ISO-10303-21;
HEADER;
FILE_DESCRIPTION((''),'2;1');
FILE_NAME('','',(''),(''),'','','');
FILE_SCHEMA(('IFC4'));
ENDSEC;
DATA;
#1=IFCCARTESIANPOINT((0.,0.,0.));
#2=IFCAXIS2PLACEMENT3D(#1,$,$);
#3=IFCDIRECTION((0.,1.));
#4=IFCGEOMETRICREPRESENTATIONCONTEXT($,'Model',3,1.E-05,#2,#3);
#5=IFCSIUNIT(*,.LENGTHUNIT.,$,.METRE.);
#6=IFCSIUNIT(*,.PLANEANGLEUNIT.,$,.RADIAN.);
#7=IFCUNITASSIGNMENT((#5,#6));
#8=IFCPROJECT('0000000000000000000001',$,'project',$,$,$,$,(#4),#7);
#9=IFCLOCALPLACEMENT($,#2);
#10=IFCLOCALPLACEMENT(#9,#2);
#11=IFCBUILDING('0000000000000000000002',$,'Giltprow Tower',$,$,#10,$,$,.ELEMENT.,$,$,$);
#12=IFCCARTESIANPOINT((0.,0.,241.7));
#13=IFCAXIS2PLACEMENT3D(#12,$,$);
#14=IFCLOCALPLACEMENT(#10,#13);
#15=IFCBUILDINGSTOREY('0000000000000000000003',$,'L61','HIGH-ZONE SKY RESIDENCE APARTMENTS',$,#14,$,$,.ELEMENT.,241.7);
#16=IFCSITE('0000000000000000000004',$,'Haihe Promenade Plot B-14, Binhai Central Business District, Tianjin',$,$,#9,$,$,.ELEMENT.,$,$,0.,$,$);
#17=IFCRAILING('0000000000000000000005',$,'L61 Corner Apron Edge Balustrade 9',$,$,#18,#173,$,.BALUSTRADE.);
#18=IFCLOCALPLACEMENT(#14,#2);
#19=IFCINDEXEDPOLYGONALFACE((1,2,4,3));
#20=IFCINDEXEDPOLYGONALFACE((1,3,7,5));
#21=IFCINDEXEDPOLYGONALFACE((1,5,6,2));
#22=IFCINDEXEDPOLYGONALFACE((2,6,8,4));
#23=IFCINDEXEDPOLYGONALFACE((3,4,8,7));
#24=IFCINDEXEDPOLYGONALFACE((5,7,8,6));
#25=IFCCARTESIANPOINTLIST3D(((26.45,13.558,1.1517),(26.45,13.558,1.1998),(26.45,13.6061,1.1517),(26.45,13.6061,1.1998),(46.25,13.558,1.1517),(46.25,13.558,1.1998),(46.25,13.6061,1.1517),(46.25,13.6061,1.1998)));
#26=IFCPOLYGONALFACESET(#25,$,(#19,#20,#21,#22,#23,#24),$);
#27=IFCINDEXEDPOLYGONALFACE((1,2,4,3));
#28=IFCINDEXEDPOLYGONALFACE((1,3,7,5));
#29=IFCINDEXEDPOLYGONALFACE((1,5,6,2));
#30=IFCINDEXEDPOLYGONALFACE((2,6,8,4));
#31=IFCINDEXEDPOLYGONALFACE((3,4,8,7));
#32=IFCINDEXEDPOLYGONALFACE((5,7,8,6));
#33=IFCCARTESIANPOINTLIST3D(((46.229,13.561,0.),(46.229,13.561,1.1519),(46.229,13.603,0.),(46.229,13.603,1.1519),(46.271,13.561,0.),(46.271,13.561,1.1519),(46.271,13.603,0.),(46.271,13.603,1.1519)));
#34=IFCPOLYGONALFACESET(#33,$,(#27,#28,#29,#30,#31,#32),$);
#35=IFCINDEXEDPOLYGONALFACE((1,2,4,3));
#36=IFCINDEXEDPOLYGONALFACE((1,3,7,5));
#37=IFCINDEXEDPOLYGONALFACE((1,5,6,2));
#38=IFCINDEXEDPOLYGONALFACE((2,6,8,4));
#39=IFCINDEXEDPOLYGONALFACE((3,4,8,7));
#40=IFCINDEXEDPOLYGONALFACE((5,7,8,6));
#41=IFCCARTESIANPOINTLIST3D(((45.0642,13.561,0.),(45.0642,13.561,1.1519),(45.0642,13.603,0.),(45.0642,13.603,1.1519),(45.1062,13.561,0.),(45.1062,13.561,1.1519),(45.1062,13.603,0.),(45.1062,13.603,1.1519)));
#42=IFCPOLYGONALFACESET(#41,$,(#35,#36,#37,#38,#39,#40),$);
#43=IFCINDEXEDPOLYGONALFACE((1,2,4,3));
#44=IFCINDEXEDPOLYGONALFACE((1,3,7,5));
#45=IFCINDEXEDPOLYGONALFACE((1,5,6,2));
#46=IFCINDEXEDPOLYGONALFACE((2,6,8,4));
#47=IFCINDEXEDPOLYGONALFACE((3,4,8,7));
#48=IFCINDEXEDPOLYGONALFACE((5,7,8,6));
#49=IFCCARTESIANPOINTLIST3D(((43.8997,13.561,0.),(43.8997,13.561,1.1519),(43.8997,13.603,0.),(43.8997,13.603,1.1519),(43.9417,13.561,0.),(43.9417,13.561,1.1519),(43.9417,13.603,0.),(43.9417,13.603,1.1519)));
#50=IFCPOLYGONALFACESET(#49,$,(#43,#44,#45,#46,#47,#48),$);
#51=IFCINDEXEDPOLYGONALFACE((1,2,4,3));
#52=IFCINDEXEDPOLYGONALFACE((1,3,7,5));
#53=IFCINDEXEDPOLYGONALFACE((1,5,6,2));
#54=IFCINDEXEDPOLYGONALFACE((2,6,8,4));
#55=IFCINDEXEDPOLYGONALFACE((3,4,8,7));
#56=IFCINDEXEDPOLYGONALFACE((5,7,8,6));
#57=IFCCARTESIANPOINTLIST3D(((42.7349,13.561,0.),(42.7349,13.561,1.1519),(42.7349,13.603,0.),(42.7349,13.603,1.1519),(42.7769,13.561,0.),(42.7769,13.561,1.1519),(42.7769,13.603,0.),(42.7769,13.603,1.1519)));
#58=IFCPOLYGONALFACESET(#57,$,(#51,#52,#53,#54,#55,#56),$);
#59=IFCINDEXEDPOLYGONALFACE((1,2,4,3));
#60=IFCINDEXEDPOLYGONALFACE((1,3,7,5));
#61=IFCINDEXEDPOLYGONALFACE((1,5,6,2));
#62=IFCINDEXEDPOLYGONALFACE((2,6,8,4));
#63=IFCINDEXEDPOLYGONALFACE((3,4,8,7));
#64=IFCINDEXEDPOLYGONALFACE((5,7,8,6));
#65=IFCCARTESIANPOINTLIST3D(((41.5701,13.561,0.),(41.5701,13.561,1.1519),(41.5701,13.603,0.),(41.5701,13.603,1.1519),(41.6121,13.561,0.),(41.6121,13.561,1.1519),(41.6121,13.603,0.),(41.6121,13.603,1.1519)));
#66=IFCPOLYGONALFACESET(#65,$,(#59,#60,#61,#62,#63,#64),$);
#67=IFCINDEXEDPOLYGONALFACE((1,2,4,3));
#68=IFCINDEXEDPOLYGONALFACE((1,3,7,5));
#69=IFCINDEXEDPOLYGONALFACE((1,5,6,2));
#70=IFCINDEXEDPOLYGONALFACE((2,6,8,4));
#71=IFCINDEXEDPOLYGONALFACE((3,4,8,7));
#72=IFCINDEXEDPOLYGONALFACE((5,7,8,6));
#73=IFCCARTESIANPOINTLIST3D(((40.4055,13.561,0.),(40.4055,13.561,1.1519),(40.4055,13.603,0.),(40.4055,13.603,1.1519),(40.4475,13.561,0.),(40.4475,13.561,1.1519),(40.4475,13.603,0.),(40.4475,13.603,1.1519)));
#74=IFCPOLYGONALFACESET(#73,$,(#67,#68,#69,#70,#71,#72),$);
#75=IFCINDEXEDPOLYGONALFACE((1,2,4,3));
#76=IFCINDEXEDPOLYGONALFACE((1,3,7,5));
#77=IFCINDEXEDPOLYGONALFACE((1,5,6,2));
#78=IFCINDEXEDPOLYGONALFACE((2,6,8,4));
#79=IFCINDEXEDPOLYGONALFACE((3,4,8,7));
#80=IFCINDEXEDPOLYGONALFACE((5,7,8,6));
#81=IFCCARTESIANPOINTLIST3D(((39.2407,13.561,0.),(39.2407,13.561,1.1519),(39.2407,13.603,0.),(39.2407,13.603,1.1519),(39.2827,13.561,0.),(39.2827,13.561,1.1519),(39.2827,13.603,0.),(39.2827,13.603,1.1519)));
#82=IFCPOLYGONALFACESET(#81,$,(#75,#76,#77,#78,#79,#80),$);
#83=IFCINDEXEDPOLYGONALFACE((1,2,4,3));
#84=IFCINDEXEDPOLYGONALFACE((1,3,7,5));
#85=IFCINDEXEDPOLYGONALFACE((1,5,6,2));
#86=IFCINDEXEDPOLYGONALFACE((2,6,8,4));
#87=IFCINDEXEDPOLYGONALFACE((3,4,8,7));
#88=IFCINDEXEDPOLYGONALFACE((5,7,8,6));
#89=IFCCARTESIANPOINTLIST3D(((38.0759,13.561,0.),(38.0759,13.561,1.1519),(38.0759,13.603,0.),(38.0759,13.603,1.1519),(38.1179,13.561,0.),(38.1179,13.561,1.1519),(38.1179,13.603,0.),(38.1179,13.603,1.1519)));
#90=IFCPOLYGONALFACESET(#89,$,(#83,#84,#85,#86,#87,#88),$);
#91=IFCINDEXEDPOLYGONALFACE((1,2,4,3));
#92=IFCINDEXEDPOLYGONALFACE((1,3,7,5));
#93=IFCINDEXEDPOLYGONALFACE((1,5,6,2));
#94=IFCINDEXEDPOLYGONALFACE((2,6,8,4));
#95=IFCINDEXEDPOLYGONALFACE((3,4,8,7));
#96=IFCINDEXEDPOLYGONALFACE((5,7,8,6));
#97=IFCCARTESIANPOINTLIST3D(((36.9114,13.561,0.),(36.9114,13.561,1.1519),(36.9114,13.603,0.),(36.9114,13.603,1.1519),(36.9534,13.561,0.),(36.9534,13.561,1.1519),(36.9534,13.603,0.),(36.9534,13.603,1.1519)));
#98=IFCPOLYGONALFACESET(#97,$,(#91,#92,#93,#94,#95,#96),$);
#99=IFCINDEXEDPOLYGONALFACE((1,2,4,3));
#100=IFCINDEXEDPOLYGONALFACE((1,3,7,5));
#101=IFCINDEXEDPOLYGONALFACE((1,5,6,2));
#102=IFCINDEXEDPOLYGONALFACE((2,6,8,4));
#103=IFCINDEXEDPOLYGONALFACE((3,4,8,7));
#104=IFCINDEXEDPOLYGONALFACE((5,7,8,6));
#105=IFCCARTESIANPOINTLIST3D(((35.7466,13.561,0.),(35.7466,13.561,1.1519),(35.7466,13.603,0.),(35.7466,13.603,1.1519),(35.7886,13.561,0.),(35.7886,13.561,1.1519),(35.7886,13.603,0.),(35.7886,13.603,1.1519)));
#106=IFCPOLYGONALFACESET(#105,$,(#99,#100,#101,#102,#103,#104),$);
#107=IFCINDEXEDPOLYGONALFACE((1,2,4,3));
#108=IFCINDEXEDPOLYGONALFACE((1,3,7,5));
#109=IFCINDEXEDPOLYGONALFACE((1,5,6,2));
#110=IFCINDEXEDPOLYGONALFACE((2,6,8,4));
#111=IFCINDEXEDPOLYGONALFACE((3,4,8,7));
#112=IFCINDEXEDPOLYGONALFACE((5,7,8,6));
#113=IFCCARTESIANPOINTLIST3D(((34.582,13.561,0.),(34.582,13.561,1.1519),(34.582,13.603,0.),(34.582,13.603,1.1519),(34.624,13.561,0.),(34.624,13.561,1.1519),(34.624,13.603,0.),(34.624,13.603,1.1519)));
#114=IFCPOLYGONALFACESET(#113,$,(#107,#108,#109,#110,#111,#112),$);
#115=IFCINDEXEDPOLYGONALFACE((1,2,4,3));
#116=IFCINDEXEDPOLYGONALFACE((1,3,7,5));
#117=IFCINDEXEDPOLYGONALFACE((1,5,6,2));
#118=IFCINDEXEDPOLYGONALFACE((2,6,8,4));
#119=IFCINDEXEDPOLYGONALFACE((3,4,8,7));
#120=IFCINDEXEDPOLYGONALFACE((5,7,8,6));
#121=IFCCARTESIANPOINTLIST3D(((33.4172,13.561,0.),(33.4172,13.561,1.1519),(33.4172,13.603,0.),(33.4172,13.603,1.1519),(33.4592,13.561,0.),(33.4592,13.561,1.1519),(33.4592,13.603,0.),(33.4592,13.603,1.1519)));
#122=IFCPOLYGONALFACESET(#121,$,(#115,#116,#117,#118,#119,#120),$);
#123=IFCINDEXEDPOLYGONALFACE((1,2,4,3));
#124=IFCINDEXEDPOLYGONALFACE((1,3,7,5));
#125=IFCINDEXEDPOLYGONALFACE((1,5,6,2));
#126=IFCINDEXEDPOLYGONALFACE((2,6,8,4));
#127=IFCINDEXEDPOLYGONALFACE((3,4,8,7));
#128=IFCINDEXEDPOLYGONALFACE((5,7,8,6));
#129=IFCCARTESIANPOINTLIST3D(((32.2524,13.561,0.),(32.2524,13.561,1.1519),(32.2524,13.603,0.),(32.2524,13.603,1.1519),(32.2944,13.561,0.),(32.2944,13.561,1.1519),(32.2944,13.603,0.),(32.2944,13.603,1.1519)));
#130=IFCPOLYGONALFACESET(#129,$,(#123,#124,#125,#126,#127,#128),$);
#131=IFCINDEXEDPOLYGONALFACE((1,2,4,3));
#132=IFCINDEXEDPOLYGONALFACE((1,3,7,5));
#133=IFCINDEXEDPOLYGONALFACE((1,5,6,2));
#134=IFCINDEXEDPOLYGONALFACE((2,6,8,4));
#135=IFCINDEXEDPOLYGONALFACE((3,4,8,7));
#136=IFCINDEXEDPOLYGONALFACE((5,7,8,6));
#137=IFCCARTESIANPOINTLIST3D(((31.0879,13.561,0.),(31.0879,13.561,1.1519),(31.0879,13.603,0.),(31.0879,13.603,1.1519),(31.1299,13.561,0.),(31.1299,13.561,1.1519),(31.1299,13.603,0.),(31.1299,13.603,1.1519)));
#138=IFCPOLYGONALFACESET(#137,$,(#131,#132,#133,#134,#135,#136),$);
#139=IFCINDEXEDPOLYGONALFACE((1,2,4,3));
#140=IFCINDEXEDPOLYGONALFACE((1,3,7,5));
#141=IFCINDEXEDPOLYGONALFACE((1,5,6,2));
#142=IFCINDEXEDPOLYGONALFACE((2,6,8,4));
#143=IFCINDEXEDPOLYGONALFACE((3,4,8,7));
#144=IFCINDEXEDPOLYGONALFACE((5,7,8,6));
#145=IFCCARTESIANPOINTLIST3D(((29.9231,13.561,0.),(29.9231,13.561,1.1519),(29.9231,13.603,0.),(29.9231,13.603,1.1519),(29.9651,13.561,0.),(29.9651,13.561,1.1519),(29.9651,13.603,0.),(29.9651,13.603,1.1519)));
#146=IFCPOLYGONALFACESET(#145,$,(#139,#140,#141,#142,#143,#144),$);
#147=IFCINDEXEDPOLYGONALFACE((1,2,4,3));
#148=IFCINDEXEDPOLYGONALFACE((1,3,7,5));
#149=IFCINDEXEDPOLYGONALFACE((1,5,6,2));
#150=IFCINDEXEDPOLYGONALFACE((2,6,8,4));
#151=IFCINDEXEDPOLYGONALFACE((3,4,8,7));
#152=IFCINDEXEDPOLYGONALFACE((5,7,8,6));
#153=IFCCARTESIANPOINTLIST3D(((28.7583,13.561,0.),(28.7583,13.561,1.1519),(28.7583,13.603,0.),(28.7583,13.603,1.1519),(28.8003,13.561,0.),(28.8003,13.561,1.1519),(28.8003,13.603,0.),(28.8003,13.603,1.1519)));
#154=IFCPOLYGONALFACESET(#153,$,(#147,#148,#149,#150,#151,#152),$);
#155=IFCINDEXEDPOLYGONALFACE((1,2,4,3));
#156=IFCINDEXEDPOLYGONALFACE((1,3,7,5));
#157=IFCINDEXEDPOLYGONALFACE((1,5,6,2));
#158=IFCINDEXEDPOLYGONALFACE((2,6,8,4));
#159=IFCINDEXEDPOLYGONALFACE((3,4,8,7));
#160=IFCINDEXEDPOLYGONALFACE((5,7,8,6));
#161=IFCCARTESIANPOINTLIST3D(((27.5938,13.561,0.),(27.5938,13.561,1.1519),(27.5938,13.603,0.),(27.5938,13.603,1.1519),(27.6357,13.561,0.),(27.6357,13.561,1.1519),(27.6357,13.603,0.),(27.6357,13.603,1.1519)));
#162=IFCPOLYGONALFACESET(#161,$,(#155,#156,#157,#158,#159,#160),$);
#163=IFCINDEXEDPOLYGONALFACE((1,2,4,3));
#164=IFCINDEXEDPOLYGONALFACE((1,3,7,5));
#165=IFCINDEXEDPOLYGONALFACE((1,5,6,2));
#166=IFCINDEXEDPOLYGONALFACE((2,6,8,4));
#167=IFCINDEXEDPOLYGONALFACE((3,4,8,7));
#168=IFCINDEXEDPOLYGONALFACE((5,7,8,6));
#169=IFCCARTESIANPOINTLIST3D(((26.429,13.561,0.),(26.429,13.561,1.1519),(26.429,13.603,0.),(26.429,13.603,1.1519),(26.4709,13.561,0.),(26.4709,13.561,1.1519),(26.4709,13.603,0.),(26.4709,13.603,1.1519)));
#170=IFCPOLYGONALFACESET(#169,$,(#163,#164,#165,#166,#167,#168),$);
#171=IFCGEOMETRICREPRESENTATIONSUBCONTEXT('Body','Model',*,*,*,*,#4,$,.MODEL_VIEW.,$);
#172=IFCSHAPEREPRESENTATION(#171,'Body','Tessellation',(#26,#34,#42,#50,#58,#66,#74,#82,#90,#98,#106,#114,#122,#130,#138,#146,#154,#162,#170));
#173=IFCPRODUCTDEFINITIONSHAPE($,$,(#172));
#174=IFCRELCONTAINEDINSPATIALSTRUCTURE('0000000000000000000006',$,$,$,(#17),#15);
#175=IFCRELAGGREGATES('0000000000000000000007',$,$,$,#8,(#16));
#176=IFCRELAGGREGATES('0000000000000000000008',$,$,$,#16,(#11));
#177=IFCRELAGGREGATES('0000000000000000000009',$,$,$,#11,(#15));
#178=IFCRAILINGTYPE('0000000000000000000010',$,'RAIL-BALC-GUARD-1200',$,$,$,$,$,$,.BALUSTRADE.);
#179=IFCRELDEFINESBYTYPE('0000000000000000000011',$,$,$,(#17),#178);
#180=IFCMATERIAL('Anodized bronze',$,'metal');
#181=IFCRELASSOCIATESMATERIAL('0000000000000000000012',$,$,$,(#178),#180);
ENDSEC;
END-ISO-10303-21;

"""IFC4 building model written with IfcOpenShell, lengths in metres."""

from ifc_helpers import new_model, si_unit, direction, frame, origin, origin_2d, place, context, subcontext, project, spatial, rectangle, extrude, material, type_object, element, save


model = new_model("IFC4")

# Units and contexts
model_context = context("Model", 3, precision=1e-05, world=origin(), true_north=direction((0.0, 1.0)))
body_context = subcontext(model_context, "Body", "Model", "MODEL_VIEW")
ifc_project = project(units=[si_unit("LENGTHUNIT", "METRE"), si_unit("PLANEANGLEUNIT", "RADIAN")], contexts=[model_context])

# Site, building, storey
site_placement = place(None, origin())
site = spatial("IfcSite", under=ifc_project, at=site_placement, Name="Haihe Promenade Plot B-14, Binhai Central Business District, Tianjin", CompositionType="ELEMENT", RefElevation=0.0)
building_placement = place(site_placement, origin())
building = spatial("IfcBuilding", under=site, at=building_placement, Name="Giltprow Tower", CompositionType="ELEMENT")
storey_placement = place(building_placement, frame((0.0, 0.0, 241.7)))
storey = spatial("IfcBuildingStorey", under=building, at=storey_placement, Name="L61", Description="HIGH-ZONE SKY RESIDENCE APARTMENTS", CompositionType="ELEMENT", Elevation=241.7)

# Railing
ifc_material_1 = material(Name="Anodized bronze", Category="metal")
railing_type = type_object("IfcRailingType", Name="RAIL-BALC-GUARD-1200", PredefinedType="BALUSTRADE", material=ifc_material_1)
railing_1_placement = place(storey_placement, frame((46.25, 13.582, 0.0)))
element("IfcRailing", 1, at=railing_1_placement, inside=storey, type_object=railing_type, Name="L61 Corner Apron Edge Balustrade 9", PredefinedType="BALUSTRADE", context=body_context, shape_type="SweptSolid", body=[
    extrude(rectangle(XDim=0.0481, YDim=0.0481, at=origin_2d()), frame((0.0, 0.0, 1.1758), z_axis=(-1.0, 0.0, 0.0), x_axis=(0.0, -1.0, 0.0)), (0.0, 0.0, 1.0), 19.8),
    extrude(rectangle(XDim=0.042, YDim=0.042, at=origin_2d()), origin(), (0.0, 0.0, 1.0), 1.1519),
    extrude(rectangle(XDim=0.042, YDim=0.042, at=origin_2d()), frame((-1.1648, 0.0, 0.0)), (0.0, 0.0, 1.0), 1.1519),
    extrude(rectangle(XDim=0.042, YDim=0.042, at=origin_2d()), frame((-2.3293, 0.0, 0.0)), (0.0, 0.0, 1.0), 1.1519),
    extrude(rectangle(XDim=0.042, YDim=0.042, at=origin_2d()), frame((-3.4941, 0.0, 0.0)), (0.0, 0.0, 1.0), 1.1519),
    extrude(rectangle(XDim=0.042, YDim=0.042, at=origin_2d()), frame((-4.6589, 0.0, 0.0)), (0.0, 0.0, 1.0), 1.1519),
    extrude(rectangle(XDim=0.042, YDim=0.042, at=origin_2d()), frame((-5.8235, 0.0, 0.0)), (0.0, 0.0, 1.0), 1.1519),
    extrude(rectangle(XDim=0.042, YDim=0.042, at=origin_2d()), frame((-6.9883, 0.0, 0.0)), (0.0, 0.0, 1.0), 1.1519),
    extrude(rectangle(XDim=0.042, YDim=0.042, at=origin_2d()), frame((-8.1531, 0.0, 0.0)), (0.0, 0.0, 1.0), 1.1519),
    extrude(rectangle(XDim=0.042, YDim=0.042, at=origin_2d()), frame((-9.3176, 0.0, 0.0)), (0.0, 0.0, 1.0), 1.1519),
    extrude(rectangle(XDim=0.042, YDim=0.042, at=origin_2d()), frame((-10.4824, 0.0, 0.0)), (0.0, 0.0, 1.0), 1.1519),
    extrude(rectangle(XDim=0.042, YDim=0.042, at=origin_2d()), frame((-11.647, 0.0, 0.0)), (0.0, 0.0, 1.0), 1.1519),
    extrude(rectangle(XDim=0.042, YDim=0.042, at=origin_2d()), frame((-12.8118, 0.0, 0.0)), (0.0, 0.0, 1.0), 1.1519),
    extrude(rectangle(XDim=0.042, YDim=0.042, at=origin_2d()), frame((-13.9766, 0.0, 0.0)), (0.0, 0.0, 1.0), 1.1519),
    extrude(rectangle(XDim=0.042, YDim=0.042, at=origin_2d()), frame((-15.1411, 0.0, 0.0)), (0.0, 0.0, 1.0), 1.1519),
    extrude(rectangle(XDim=0.042, YDim=0.042, at=origin_2d()), frame((-16.3059, 0.0, 0.0)), (0.0, 0.0, 1.0), 1.1519),
    extrude(rectangle(XDim=0.042, YDim=0.042, at=origin_2d()), frame((-17.4707, 0.0, 0.0)), (0.0, 0.0, 1.0), 1.1519),
    extrude(rectangle(XDim=0.042, YDim=0.042, at=origin_2d()), frame((-18.6353, 0.0, 0.0)), (0.0, 0.0, 1.0), 1.1519),
    extrude(rectangle(XDim=0.042, YDim=0.042, at=origin_2d()), frame((-19.8, 0.0, 0.0)), (0.0, 0.0, 1.0), 1.1519),
])

save(model, "model.ifc")
